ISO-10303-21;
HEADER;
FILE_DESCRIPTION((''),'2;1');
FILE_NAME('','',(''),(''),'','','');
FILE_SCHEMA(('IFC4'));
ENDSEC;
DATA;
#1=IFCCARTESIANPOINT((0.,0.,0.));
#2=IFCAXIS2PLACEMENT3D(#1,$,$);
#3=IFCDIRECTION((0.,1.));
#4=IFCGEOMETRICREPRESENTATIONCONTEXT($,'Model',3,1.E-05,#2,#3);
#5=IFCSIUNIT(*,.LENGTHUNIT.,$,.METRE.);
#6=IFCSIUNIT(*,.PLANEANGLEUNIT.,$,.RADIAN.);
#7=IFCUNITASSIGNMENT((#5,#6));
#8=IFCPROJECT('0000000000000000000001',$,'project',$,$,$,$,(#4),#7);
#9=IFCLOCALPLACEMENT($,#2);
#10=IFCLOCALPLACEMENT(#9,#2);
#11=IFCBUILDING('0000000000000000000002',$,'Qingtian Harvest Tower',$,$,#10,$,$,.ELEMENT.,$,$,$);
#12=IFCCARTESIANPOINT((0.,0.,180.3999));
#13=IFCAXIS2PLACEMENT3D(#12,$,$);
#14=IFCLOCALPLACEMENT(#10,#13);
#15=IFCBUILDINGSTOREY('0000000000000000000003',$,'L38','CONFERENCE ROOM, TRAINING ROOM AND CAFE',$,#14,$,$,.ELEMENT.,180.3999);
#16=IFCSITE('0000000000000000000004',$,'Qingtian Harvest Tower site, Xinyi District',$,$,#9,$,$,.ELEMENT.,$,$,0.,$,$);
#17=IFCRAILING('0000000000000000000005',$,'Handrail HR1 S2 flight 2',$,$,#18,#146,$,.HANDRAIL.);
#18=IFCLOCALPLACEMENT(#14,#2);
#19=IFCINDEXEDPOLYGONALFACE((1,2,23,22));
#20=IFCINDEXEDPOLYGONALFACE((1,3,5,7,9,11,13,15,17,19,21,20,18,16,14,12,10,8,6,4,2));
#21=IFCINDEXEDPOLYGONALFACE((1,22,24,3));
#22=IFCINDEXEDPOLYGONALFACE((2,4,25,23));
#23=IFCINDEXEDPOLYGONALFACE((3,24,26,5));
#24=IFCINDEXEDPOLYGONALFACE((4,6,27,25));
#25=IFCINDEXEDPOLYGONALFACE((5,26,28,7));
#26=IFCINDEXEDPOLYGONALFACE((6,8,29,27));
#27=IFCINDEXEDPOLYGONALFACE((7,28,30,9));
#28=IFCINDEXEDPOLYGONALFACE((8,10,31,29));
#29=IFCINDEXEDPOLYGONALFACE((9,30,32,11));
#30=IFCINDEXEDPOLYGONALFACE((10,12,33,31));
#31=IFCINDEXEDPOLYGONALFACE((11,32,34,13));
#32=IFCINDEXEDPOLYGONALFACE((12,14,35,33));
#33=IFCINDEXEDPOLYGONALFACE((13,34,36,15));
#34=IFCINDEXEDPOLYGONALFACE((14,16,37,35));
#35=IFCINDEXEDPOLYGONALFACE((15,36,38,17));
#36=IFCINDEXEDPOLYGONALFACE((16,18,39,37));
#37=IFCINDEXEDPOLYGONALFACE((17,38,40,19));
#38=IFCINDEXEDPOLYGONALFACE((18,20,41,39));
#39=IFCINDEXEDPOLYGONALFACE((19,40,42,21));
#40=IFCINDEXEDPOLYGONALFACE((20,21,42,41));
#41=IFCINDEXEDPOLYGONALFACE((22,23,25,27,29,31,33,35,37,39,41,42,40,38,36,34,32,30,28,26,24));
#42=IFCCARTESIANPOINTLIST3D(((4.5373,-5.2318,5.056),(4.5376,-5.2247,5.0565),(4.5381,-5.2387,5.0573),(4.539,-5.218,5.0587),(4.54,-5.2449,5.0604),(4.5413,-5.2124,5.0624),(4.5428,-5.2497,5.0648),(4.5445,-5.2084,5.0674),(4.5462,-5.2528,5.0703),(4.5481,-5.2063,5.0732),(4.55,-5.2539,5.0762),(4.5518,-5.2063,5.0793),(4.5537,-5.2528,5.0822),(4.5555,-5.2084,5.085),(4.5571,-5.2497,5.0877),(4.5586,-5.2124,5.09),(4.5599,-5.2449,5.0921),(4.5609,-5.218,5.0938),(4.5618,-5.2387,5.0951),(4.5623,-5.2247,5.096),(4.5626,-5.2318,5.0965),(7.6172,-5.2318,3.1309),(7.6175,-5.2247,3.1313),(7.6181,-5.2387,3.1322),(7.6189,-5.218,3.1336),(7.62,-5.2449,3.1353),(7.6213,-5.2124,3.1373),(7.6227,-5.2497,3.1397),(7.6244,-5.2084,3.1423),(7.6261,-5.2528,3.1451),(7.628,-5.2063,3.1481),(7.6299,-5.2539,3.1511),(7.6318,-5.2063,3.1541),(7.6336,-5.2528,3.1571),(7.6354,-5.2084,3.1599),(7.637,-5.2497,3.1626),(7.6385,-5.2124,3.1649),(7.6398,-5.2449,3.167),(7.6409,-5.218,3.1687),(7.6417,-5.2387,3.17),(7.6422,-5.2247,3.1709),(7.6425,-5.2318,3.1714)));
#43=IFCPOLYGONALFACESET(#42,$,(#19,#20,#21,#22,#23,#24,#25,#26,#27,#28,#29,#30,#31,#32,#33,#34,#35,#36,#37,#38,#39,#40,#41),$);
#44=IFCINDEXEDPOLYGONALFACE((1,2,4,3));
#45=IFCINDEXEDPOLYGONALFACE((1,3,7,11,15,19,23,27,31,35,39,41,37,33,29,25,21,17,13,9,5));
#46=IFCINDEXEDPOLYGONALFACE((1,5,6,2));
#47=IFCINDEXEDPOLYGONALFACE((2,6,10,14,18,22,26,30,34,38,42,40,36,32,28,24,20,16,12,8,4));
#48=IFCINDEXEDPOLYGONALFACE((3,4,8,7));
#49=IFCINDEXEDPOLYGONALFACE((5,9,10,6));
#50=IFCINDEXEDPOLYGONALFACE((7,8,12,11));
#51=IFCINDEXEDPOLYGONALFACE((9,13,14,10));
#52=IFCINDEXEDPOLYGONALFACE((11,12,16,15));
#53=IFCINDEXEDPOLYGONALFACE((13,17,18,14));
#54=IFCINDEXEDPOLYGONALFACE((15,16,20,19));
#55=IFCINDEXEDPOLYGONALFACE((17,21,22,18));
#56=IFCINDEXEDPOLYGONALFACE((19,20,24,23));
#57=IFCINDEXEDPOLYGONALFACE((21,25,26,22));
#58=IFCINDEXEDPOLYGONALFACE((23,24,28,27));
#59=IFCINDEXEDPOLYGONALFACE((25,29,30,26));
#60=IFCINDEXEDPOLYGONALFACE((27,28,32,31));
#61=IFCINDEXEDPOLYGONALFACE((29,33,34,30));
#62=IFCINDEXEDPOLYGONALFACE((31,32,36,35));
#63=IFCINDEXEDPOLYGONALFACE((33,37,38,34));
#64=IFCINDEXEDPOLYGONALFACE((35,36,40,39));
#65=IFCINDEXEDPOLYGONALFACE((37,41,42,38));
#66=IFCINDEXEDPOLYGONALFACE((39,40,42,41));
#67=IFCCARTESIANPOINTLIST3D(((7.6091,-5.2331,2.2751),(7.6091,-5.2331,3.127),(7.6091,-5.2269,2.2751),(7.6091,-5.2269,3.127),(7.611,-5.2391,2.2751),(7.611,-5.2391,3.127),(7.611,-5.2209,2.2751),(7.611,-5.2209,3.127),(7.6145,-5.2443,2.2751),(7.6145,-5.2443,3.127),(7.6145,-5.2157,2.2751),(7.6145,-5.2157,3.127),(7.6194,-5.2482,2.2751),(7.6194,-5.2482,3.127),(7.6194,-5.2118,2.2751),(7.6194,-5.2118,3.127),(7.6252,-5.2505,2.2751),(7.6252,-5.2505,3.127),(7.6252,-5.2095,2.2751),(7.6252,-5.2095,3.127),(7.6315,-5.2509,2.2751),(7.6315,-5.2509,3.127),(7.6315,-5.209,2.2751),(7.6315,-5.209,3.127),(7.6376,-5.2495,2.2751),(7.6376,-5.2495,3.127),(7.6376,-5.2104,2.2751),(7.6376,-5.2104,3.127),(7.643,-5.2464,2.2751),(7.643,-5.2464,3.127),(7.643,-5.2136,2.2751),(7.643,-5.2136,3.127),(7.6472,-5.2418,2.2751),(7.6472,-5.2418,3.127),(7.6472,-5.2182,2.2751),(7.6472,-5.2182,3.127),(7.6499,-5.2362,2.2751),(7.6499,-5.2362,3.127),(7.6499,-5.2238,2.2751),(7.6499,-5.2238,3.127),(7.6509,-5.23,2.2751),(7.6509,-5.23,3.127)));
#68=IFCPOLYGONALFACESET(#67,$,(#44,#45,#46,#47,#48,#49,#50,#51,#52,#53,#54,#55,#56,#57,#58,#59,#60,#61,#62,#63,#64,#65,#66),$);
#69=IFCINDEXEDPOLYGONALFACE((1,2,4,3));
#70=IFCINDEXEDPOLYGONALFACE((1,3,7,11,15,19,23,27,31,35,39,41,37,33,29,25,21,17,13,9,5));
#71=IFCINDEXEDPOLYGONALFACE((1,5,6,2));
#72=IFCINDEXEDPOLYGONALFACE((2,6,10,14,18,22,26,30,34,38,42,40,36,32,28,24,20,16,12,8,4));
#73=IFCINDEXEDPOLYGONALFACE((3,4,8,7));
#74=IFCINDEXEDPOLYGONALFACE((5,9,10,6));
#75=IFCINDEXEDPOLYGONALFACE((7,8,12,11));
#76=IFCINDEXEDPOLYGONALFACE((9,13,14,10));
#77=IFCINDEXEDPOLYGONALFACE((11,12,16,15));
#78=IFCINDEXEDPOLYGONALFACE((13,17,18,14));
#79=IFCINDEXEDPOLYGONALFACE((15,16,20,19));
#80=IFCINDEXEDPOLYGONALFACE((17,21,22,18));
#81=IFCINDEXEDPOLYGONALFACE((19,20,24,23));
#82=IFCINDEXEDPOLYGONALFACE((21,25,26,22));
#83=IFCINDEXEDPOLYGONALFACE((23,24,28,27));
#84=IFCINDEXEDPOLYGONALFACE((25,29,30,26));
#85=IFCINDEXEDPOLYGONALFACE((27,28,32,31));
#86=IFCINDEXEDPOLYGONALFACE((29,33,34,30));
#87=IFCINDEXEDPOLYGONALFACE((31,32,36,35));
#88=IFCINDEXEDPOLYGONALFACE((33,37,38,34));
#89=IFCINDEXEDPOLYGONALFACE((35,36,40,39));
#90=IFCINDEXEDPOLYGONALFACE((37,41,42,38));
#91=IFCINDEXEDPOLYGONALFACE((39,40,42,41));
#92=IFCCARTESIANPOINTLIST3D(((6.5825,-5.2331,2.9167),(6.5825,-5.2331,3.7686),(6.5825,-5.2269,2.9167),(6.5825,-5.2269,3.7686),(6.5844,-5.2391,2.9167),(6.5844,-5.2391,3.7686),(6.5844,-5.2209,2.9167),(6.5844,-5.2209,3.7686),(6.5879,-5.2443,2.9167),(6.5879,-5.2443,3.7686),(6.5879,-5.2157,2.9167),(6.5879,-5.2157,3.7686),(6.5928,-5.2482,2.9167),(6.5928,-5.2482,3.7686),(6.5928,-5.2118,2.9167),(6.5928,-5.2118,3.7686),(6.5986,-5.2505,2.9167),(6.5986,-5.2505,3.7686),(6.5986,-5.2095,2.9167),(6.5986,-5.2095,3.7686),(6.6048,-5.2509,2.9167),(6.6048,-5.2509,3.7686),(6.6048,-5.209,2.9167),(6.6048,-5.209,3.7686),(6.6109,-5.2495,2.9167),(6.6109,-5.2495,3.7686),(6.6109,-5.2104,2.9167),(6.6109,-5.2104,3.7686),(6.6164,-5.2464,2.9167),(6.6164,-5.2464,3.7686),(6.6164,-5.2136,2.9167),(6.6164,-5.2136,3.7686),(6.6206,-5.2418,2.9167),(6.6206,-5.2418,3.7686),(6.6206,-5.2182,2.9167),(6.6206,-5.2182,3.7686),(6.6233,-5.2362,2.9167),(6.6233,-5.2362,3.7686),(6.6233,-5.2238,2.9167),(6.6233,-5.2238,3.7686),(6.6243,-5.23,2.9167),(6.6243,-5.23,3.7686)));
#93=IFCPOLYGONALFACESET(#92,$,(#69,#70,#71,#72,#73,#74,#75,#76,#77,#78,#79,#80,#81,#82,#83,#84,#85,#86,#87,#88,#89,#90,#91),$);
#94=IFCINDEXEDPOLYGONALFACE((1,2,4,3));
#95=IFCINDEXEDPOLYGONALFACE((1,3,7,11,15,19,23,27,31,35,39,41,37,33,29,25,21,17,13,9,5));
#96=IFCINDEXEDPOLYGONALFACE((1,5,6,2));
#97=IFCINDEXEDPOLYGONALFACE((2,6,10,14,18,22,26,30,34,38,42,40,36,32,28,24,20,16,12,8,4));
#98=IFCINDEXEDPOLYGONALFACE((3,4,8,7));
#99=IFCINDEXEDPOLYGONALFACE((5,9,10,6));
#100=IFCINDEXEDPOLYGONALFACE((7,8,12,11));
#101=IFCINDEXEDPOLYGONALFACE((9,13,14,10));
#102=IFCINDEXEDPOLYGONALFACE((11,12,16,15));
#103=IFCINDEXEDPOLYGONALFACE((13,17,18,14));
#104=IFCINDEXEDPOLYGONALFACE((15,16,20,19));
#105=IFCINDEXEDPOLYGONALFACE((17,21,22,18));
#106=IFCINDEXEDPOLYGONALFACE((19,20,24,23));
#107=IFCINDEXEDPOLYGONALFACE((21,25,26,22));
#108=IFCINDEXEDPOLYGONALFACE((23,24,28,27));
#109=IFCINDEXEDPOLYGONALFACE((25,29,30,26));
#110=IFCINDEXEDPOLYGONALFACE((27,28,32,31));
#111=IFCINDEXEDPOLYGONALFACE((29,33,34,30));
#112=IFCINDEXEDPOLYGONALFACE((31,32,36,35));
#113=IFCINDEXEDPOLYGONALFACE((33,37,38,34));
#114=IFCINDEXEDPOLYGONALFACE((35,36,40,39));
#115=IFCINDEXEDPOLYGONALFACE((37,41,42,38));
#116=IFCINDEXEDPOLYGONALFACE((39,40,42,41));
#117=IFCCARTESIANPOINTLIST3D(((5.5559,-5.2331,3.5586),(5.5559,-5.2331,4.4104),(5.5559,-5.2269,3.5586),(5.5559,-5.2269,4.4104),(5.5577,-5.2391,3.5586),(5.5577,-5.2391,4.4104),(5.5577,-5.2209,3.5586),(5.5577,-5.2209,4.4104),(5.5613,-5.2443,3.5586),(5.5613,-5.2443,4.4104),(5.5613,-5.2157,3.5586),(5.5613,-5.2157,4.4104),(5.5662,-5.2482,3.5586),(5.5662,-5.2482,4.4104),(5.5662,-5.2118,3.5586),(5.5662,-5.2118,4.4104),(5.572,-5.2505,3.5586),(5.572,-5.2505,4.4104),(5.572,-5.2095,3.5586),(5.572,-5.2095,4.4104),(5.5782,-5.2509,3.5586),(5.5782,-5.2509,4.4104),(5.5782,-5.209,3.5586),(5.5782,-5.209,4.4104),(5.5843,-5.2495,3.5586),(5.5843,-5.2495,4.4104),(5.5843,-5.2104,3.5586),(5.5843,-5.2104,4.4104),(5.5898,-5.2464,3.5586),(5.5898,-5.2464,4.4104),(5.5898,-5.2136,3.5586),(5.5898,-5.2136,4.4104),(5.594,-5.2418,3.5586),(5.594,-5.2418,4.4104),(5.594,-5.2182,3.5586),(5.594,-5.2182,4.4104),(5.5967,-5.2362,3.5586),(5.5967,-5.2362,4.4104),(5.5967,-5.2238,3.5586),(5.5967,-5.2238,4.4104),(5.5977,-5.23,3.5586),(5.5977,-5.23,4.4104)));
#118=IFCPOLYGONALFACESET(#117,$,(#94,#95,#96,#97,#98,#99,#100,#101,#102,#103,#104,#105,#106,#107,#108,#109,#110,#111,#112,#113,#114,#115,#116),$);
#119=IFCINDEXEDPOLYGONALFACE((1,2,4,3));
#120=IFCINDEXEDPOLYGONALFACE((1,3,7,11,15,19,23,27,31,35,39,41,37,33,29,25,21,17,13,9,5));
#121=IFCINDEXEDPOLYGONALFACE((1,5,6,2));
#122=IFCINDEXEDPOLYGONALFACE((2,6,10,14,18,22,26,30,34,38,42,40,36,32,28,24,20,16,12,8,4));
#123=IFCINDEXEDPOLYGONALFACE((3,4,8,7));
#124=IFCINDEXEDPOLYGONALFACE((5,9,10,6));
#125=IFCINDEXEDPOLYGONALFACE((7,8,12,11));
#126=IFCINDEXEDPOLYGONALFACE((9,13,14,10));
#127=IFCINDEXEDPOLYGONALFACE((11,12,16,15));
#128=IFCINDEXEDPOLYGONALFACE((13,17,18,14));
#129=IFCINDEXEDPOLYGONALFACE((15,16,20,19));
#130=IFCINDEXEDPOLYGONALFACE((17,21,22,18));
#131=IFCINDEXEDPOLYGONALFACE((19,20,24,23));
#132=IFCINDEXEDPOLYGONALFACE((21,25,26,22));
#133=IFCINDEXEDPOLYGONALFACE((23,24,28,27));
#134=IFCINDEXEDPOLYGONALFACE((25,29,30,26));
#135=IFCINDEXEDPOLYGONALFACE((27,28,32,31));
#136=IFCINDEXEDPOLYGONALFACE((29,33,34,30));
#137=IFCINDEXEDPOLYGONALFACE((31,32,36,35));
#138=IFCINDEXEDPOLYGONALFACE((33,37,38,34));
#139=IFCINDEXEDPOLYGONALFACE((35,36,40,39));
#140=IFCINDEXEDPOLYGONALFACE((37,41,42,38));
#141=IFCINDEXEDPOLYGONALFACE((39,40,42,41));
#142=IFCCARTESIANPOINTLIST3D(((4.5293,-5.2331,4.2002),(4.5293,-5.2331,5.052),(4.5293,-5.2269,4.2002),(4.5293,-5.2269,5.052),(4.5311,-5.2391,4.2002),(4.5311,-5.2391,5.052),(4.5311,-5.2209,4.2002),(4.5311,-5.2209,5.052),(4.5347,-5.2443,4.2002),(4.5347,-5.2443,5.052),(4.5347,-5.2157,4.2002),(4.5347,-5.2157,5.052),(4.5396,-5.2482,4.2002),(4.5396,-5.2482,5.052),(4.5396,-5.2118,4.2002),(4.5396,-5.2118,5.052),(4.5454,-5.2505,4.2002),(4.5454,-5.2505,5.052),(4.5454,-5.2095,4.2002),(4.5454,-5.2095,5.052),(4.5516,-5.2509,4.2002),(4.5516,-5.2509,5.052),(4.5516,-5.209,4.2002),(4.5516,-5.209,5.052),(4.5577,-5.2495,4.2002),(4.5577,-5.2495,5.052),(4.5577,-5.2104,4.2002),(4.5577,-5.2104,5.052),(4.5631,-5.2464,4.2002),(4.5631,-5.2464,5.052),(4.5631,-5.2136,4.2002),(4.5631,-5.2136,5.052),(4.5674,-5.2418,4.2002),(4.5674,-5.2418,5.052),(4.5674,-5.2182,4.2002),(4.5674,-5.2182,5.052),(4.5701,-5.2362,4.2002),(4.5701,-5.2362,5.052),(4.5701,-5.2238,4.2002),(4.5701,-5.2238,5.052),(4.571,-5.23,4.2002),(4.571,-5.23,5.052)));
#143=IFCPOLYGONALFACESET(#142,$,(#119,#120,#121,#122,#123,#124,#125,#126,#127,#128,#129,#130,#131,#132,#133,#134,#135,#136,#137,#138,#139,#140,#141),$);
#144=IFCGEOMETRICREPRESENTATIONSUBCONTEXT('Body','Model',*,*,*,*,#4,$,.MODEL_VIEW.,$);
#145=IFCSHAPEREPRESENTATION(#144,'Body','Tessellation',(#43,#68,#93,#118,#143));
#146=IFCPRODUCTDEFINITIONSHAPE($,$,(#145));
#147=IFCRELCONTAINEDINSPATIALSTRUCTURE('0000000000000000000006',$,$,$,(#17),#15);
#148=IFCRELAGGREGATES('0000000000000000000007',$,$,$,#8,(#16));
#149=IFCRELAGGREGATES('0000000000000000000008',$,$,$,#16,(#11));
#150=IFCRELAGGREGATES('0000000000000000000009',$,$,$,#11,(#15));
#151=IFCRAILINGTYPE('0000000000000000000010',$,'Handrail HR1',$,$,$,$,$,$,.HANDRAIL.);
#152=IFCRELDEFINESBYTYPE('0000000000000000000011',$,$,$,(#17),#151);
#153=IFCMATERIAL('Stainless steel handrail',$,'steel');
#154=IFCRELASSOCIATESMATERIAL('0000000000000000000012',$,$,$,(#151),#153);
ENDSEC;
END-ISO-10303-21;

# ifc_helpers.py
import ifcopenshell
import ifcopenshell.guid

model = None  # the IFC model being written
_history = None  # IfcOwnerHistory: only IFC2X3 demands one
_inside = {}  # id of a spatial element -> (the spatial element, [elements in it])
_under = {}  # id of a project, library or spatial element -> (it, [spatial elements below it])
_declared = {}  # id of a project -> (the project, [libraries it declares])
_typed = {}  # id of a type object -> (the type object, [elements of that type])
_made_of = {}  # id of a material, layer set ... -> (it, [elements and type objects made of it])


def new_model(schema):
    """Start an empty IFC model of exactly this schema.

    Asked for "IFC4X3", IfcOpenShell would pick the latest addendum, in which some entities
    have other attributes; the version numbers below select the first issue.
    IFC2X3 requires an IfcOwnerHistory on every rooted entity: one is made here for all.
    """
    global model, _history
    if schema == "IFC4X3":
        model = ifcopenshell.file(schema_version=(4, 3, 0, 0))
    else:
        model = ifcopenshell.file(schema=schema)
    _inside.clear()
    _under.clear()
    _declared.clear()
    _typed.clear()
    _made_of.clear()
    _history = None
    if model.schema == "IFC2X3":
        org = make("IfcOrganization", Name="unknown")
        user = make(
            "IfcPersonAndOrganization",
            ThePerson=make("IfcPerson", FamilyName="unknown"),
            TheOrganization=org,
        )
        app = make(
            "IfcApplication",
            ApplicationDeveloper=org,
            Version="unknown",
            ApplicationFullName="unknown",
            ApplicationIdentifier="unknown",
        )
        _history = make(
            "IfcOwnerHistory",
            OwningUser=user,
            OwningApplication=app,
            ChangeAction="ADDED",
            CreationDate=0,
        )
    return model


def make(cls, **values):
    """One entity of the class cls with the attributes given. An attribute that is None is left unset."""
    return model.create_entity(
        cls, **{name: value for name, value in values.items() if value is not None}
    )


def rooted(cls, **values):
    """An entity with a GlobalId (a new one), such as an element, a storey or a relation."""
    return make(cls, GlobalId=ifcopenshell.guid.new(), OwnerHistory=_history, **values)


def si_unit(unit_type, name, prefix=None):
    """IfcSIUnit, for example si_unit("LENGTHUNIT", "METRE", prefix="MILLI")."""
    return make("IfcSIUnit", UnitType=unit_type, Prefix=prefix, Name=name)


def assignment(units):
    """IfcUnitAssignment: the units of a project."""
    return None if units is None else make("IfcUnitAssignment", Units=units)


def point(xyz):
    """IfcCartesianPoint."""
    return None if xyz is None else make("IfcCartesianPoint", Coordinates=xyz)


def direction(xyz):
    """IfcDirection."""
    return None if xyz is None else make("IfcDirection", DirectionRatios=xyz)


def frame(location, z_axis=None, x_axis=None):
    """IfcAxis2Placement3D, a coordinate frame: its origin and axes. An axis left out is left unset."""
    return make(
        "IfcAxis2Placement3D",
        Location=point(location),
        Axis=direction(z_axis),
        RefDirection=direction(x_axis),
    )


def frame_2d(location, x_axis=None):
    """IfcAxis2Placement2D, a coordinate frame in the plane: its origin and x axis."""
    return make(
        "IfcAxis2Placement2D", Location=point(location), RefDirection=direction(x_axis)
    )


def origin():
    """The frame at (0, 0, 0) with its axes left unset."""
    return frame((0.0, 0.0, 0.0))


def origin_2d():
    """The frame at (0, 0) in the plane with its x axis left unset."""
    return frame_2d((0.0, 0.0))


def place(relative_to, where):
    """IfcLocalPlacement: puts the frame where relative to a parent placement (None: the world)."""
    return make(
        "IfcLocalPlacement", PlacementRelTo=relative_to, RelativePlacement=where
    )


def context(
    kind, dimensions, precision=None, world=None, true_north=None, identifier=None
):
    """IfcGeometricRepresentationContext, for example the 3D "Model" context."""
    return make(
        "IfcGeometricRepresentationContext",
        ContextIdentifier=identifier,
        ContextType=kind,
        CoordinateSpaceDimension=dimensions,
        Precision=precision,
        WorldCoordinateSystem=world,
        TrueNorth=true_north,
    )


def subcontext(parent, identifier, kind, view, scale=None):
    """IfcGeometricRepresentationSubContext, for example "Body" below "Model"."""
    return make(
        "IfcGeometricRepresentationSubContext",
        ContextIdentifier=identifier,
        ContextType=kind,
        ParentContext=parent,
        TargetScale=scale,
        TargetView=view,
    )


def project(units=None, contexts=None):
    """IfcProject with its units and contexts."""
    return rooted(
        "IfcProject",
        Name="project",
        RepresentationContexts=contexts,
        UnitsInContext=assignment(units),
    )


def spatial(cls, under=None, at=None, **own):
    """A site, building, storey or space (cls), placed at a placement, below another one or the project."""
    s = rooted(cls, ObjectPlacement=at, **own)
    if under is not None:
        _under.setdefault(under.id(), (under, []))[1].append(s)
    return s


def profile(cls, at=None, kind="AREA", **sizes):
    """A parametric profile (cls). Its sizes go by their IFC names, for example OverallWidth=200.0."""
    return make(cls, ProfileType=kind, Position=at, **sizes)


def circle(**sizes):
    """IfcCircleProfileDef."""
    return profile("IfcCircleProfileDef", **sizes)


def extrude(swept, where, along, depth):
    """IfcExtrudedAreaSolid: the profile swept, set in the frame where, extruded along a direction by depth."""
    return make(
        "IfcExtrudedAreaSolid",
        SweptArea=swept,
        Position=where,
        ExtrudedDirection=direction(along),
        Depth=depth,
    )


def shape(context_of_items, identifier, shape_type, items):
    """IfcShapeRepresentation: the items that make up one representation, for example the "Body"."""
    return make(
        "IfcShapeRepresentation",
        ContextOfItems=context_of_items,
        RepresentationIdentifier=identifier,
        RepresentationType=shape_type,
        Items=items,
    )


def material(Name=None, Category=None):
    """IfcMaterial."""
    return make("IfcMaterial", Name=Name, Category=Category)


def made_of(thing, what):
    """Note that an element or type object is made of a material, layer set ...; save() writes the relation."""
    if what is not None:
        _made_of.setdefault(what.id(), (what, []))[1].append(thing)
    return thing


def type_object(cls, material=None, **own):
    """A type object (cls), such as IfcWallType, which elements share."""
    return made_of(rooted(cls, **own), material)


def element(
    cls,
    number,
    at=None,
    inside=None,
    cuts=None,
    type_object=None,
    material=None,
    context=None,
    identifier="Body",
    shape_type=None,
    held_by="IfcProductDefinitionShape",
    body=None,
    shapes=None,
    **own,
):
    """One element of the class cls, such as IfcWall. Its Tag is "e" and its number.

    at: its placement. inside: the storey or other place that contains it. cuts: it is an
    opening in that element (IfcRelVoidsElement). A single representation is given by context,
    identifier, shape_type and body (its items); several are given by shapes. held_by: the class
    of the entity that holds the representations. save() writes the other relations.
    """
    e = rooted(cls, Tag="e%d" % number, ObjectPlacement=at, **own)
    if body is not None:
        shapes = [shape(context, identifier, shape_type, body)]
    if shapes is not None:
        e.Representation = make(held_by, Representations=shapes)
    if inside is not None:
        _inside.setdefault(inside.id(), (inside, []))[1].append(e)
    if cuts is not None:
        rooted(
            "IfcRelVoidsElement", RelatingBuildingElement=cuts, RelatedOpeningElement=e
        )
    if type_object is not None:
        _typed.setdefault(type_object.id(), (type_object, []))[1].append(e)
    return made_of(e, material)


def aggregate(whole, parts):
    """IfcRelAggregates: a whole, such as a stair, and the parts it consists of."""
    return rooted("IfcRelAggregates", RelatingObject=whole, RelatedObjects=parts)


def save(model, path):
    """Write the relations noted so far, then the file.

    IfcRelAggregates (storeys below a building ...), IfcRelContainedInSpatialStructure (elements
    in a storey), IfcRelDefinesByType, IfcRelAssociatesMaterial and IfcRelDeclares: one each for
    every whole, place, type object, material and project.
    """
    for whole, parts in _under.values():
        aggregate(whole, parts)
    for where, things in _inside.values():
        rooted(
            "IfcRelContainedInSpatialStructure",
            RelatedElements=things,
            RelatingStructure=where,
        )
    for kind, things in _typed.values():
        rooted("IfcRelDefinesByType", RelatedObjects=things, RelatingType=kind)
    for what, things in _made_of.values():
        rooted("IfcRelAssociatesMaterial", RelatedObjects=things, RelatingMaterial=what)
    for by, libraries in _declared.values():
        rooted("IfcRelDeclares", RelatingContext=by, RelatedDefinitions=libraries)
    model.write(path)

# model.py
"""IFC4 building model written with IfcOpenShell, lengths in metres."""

from ifc_helpers import new_model, si_unit, direction, frame, origin, origin_2d, place, context, subcontext, project, spatial, circle, extrude, material, type_object, element, save


model = new_model("IFC4")

# Units and contexts
model_context = context("Model", 3, precision=1e-05, world=origin(), true_north=direction((0.0, 1.0)))
body_context = subcontext(model_context, "Body", "Model", "MODEL_VIEW")
ifc_project = project(units=[si_unit("LENGTHUNIT", "METRE"), si_unit("PLANEANGLEUNIT", "RADIAN")], contexts=[model_context])

# Site, building, storey
site_placement = place(None, origin())
site = spatial("IfcSite", under=ifc_project, at=site_placement, Name="Qingtian Harvest Tower site, Xinyi District", CompositionType="ELEMENT", RefElevation=0.0)
building_placement = place(site_placement, origin())
building = spatial("IfcBuilding", under=site, at=building_placement, Name="Qingtian Harvest Tower", CompositionType="ELEMENT")
storey_placement = place(building_placement, frame((0.0, 0.0, 180.3999)))
storey = spatial("IfcBuildingStorey", under=building, at=storey_placement, Name="L38", Description="CONFERENCE ROOM, TRAINING ROOM AND CAFE", CompositionType="ELEMENT", Elevation=180.3999)

# Railing
ifc_material_1 = material(Name="Stainless steel handrail", Category="steel")
railing_type = type_object("IfcRailingType", Name="Handrail HR1", PredefinedType="HANDRAIL", material=ifc_material_1)
railing_1_placement = place(storey_placement, frame((7.6299, -5.23, 2.2751)))
element("IfcRailing", 1, at=railing_1_placement, inside=storey, type_object=railing_type, Name="Handrail HR1 S2 flight 2", PredefinedType="HANDRAIL", context=body_context, shape_type="SweptSolid", body=[
    extrude(circle(Radius=0.0239, at=origin_2d()), frame((0.0, 0.0, 0.876), z_axis=(-0.847979, 0.0, 0.530029), x_axis=(0.0, -1.0, 0.0)), (0.0, 0.0, 1.0), 3.6321),
    extrude(circle(Radius=0.021, at=origin_2d()), origin(), (0.0, 0.0, 1.0), 0.8518),
    extrude(circle(Radius=0.021, at=origin_2d()), frame((-1.0266, 0.0, 0.6416)), (0.0, 0.0, 1.0), 0.8518),
    extrude(circle(Radius=0.021, at=origin_2d()), frame((-2.0532, 0.0, 1.2834)), (0.0, 0.0, 1.0), 0.8518),
    extrude(circle(Radius=0.021, at=origin_2d()), frame((-3.0798, 0.0, 1.925)), (0.0, 0.0, 1.0), 0.8518),
])

save(model, "model.ifc")
